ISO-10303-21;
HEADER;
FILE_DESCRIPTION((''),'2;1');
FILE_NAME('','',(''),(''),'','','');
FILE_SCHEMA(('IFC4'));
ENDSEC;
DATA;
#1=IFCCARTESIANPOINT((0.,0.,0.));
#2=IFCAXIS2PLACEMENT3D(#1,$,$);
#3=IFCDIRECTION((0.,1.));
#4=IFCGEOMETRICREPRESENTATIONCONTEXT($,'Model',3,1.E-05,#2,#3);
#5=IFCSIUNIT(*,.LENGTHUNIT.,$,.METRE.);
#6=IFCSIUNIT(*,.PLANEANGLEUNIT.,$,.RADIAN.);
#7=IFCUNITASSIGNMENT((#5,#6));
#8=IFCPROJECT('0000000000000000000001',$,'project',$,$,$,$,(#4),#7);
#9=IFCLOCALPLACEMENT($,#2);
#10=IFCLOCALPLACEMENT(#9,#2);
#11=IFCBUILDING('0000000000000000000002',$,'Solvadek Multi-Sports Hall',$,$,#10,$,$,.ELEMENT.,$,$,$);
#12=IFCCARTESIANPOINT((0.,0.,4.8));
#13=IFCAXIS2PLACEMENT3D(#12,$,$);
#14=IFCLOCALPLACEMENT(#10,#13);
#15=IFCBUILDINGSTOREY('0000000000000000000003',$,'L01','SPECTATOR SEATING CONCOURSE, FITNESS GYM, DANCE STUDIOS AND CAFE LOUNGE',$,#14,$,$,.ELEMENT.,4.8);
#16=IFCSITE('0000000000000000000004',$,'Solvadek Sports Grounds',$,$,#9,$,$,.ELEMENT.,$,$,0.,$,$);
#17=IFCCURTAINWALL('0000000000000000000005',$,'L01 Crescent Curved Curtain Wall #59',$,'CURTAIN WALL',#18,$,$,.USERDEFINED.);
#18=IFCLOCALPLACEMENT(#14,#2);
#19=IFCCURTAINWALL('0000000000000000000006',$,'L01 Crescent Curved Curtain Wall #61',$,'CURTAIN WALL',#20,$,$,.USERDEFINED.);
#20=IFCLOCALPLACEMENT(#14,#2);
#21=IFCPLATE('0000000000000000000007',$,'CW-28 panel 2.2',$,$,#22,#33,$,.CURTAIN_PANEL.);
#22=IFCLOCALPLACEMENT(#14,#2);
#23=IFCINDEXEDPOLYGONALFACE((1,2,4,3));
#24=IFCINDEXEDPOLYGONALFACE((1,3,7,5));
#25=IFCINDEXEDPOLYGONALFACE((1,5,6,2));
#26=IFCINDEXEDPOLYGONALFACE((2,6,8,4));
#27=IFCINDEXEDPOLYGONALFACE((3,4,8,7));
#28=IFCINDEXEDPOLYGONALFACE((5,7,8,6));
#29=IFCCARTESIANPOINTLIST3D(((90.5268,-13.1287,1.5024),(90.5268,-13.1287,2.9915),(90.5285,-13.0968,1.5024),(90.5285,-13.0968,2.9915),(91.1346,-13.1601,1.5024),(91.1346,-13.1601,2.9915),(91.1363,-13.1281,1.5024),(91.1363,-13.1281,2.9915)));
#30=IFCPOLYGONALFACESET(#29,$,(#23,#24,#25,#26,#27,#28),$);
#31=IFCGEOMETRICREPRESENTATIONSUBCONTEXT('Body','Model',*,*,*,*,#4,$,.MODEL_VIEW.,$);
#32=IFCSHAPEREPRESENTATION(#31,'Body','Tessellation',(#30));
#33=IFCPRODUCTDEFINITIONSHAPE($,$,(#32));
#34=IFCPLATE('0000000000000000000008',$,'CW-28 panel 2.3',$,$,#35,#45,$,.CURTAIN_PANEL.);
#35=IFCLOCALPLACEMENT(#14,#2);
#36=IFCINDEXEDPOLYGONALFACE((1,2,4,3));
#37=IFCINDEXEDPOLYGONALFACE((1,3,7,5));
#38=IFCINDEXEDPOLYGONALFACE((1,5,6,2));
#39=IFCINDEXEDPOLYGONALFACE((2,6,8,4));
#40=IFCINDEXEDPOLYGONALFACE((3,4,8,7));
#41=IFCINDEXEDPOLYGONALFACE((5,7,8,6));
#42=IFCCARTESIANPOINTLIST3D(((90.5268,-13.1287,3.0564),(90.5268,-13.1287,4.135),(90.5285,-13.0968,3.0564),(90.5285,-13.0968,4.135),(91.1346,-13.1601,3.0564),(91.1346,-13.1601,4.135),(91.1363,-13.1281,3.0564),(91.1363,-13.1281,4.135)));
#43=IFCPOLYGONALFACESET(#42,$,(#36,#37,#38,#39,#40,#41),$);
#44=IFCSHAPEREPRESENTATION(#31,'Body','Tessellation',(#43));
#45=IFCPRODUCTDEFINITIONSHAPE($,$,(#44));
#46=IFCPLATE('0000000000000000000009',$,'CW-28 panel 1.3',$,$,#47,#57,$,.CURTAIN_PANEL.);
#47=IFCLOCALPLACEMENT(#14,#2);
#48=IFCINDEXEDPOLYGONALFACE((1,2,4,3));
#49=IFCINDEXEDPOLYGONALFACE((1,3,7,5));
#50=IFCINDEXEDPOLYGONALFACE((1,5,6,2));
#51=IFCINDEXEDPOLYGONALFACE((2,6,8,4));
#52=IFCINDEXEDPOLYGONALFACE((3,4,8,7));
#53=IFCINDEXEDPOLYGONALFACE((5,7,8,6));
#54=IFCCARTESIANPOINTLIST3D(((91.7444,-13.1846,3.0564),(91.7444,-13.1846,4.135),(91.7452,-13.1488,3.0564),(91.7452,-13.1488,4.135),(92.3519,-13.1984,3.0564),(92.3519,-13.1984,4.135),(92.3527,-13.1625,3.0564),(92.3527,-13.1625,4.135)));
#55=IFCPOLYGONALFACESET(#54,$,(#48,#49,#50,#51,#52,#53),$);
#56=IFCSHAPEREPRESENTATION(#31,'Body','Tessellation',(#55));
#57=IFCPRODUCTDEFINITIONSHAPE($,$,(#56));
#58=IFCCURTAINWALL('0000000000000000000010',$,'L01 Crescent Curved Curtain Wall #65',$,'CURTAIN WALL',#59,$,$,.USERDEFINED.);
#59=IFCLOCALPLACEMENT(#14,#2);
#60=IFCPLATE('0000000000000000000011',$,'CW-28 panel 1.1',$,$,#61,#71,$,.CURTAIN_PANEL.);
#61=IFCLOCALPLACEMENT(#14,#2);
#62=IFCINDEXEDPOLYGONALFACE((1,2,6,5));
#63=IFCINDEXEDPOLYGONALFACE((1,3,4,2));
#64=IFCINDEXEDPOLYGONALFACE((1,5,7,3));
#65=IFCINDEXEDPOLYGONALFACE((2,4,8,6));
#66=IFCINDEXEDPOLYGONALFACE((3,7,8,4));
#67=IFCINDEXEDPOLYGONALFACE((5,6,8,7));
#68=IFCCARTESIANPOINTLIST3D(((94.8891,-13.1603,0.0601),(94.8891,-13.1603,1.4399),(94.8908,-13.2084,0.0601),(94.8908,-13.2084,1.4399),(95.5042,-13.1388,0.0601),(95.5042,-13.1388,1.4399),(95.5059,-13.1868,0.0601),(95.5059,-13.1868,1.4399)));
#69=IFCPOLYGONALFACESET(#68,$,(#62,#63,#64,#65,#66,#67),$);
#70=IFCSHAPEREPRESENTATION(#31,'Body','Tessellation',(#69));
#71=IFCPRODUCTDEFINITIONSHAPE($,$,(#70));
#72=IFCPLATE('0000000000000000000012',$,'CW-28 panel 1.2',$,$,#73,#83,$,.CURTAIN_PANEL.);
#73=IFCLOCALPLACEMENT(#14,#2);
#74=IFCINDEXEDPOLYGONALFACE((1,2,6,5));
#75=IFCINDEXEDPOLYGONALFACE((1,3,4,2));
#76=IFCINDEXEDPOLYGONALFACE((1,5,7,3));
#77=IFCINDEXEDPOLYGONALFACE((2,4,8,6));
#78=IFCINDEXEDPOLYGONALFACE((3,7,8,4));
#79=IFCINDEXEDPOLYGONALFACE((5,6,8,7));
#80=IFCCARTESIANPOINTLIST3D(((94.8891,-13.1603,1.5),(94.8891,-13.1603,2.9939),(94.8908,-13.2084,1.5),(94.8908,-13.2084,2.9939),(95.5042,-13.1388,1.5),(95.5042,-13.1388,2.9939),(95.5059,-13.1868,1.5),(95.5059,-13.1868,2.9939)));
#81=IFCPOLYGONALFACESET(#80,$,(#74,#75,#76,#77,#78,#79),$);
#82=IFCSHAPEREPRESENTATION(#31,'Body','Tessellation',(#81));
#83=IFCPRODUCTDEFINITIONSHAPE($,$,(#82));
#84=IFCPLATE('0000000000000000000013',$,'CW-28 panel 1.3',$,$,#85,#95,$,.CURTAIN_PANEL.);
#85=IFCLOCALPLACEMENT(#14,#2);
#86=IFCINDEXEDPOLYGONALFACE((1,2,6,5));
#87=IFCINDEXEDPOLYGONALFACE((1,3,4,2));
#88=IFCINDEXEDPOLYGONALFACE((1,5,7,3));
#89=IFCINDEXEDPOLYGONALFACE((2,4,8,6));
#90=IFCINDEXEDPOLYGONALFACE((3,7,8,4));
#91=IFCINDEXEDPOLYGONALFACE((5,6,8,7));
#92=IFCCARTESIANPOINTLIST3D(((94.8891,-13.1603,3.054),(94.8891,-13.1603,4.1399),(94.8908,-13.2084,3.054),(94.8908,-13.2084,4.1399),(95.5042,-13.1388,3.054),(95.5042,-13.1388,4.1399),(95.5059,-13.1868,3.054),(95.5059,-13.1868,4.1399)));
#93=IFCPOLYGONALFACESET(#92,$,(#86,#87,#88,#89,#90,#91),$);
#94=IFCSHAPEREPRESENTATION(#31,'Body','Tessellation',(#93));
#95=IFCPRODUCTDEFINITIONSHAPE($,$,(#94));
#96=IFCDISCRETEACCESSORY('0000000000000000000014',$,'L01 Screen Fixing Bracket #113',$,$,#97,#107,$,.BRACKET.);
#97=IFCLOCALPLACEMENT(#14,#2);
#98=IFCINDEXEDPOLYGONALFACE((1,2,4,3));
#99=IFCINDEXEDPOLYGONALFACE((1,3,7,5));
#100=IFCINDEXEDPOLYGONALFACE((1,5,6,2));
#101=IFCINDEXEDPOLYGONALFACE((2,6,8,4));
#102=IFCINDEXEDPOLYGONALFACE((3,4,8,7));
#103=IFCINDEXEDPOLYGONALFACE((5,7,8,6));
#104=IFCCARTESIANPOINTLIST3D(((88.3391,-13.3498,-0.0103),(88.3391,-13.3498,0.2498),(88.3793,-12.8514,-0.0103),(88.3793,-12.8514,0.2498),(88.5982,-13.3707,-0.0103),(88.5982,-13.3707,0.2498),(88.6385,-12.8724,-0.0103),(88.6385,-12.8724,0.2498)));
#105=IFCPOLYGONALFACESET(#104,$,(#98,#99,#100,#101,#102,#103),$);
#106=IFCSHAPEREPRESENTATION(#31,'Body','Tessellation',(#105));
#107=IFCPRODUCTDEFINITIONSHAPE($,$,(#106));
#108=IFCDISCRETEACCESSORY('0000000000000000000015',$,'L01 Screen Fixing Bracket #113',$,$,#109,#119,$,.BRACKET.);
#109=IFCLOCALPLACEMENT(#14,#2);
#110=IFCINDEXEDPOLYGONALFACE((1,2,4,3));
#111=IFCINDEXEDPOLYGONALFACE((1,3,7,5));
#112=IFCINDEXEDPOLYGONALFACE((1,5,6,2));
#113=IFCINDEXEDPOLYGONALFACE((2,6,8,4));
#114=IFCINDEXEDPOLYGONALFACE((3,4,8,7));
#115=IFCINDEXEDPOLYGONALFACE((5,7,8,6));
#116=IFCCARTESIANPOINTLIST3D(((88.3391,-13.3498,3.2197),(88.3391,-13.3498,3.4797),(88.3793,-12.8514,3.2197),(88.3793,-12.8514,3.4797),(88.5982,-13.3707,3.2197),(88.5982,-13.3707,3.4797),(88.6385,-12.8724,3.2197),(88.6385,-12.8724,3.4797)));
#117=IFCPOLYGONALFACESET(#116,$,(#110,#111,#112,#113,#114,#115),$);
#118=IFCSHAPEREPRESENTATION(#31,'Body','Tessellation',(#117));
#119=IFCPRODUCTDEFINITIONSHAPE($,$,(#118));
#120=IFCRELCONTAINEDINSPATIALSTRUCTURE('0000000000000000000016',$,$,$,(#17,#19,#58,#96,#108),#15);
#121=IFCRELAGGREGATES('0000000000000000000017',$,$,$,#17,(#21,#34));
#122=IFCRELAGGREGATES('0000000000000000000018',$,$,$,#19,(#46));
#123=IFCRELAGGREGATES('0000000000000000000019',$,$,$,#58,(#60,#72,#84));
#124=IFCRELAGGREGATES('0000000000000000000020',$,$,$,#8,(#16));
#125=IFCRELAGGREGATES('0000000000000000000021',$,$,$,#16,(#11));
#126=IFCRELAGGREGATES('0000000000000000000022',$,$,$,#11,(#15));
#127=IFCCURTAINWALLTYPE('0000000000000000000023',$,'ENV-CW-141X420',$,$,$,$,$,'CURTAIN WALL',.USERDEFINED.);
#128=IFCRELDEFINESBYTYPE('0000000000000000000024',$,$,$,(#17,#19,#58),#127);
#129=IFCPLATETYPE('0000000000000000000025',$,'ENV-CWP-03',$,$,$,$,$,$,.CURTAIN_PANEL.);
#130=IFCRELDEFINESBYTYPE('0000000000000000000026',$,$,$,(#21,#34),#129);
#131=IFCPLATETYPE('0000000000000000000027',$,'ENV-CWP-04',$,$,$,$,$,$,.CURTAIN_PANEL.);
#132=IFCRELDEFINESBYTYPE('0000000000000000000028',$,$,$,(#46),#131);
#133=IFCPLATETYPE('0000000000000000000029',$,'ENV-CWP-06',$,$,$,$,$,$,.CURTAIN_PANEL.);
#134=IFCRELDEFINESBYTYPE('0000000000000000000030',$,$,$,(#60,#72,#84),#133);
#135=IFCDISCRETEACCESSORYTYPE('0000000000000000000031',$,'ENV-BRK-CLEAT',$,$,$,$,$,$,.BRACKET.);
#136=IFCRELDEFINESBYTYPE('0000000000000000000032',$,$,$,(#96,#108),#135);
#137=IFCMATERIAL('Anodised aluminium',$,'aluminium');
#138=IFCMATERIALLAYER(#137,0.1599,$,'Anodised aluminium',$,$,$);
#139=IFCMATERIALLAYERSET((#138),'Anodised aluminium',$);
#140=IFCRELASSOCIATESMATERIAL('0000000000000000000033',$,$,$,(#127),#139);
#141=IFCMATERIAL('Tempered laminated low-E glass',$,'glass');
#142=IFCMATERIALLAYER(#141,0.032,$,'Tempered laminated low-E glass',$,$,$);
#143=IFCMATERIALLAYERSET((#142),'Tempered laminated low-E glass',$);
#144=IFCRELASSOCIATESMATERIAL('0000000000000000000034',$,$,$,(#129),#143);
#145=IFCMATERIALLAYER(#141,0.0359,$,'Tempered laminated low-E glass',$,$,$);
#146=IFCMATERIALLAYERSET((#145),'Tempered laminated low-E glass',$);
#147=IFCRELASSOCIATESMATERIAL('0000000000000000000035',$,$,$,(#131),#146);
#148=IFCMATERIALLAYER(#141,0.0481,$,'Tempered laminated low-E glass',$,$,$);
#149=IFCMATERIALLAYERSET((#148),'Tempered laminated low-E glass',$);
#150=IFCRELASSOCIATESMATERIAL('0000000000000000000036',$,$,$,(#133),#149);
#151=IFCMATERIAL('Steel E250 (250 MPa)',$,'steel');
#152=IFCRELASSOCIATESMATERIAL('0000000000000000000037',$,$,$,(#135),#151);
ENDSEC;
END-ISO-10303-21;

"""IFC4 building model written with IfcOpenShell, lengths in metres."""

from ifc_helpers import new_model, si_unit, direction, frame, origin, origin_2d, place, context, subcontext, project, spatial, rectangle, extrude, material, layer, layer_set, type_object, element, aggregate, save


model = new_model("IFC4")

# Units and contexts
model_context = context("Model", 3, precision=1e-05, world=origin(), true_north=direction((0.0, 1.0)))
body_context = subcontext(model_context, "Body", "Model", "MODEL_VIEW")
ifc_project = project(units=[si_unit("LENGTHUNIT", "METRE"), si_unit("PLANEANGLEUNIT", "RADIAN")], contexts=[model_context])

# Site, building, storey
site_placement = place(None, origin())
site = spatial("IfcSite", under=ifc_project, at=site_placement, Name="Solvadek Sports Grounds", CompositionType="ELEMENT", RefElevation=0.0)
building_placement = place(site_placement, origin())
building = spatial("IfcBuilding", under=site, at=building_placement, Name="Solvadek Multi-Sports Hall", CompositionType="ELEMENT")
storey_placement = place(building_placement, frame((0.0, 0.0, 4.8)))
storey = spatial("IfcBuildingStorey", under=building, at=storey_placement, Name="L01", Description="SPECTATOR SEATING CONCOURSE, FITNESS GYM, DANCE STUDIOS AND CAFE LOUNGE", CompositionType="ELEMENT", Elevation=4.8)

# Curtain wall
ifc_material_1 = material(Name="Anodised aluminium", Category="aluminium")
ifc_layer_1 = layer(ifc_material_1, 0.1599, Name="Anodised aluminium")
ifc_layer_set_1 = layer_set([ifc_layer_1], Name="Anodised aluminium")
curtain_wall_type = type_object("IfcCurtainWallType", Name="ENV-CW-141X420", ElementType="CURTAIN WALL", PredefinedType="USERDEFINED", material=ifc_layer_set_1)
curtain_wall_1_placement = place(storey_placement, origin())
curtain_wall_1 = element("IfcCurtainWall", 1, at=curtain_wall_1_placement, inside=storey, type_object=curtain_wall_type, Name="L01 Crescent Curved Curtain Wall #59", ObjectType="CURTAIN WALL", PredefinedType="USERDEFINED")

# Curtain wall
curtain_wall_2_placement = place(storey_placement, origin())
curtain_wall_2 = element("IfcCurtainWall", 2, at=curtain_wall_2_placement, inside=storey, type_object=curtain_wall_type, Name="L01 Crescent Curved Curtain Wall #61", ObjectType="CURTAIN WALL", PredefinedType="USERDEFINED")

# Shared definitions
ifc_material_2 = material(Name="Steel E250 (250 MPa)", Category="steel")

# Plates
ifc_material_3 = material(Name="Tempered laminated low-E glass", Category="glass")
ifc_layer_2 = layer(ifc_material_3, 0.032, Name="Tempered laminated low-E glass")
ifc_layer_set_2 = layer_set([ifc_layer_2], Name="Tempered laminated low-E glass")
plate_type_1 = type_object("IfcPlateType", Name="ENV-CWP-03", PredefinedType="CURTAIN_PANEL", material=ifc_layer_set_2)
plate_1_placement = place(storey_placement, frame((90.8315, -13.1284, 1.5024), z_axis=(0.0, 0.0, 1.0), x_axis=(0.99867, -0.051552, 0.0)))
plate_1 = element("IfcPlate", 3, at=plate_1_placement, type_object=plate_type_1, Name="CW-28 panel 2.2", PredefinedType="CURTAIN_PANEL", context=body_context, shape_type="SweptSolid", body=[
    extrude(rectangle(XDim=0.6086, YDim=0.032, at=origin_2d()), origin(), (0.0, 0.0, 1.0), 1.489),
])
plate_2_placement = place(storey_placement, frame((90.8315, -13.1284, 3.0564), z_axis=(0.0, 0.0, 1.0), x_axis=(0.99867, -0.051552, 0.0)))
plate_2 = element("IfcPlate", 4, at=plate_2_placement, type_object=plate_type_1, Name="CW-28 panel 2.3", PredefinedType="CURTAIN_PANEL", context=body_context, shape_type="SweptSolid", body=[
    extrude(rectangle(XDim=0.6086, YDim=0.032, at=origin_2d()), origin(), (0.0, 0.0, 1.0), 1.0786),
])
aggregate(curtain_wall_1, [plate_1, plate_2])
ifc_layer_3 = layer(ifc_material_3, 0.0359, Name="Tempered laminated low-E glass")
ifc_layer_set_3 = layer_set([ifc_layer_3], Name="Tempered laminated low-E glass")
plate_type_2 = type_object("IfcPlateType", Name="ENV-CWP-04", PredefinedType="CURTAIN_PANEL", material=ifc_layer_set_3)
plate_3_placement = place(storey_placement, frame((92.0486, -13.1736, 3.0564), z_axis=(0.0, 0.0, 1.0), x_axis=(0.999743, -0.022688, 0.0)))
plate_3 = element("IfcPlate", 5, at=plate_3_placement, type_object=plate_type_2, Name="CW-28 panel 1.3", PredefinedType="CURTAIN_PANEL", context=body_context, shape_type="SweptSolid", body=[
    extrude(rectangle(XDim=0.6077, YDim=0.0359, at=origin_2d()), origin(), (0.0, 0.0, 1.0), 1.0786),
])
aggregate(curtain_wall_2, [plate_3])

# Curtain wall, plates
curtain_wall_3_placement = place(storey_placement, origin())
curtain_wall_3 = element("IfcCurtainWall", 6, at=curtain_wall_3_placement, inside=storey, type_object=curtain_wall_type, Name="L01 Crescent Curved Curtain Wall #65", ObjectType="CURTAIN WALL", PredefinedType="USERDEFINED")
ifc_layer_4 = layer(ifc_material_3, 0.0481, Name="Tempered laminated low-E glass")
ifc_layer_set_4 = layer_set([ifc_layer_4], Name="Tempered laminated low-E glass")
plate_type_3 = type_object("IfcPlateType", Name="ENV-CWP-06", PredefinedType="CURTAIN_PANEL", material=ifc_layer_set_4)
plate_4_placement = place(storey_placement, frame((95.1975, -13.1736, 0.0601), z_axis=(0.0, 0.0, 1.0), x_axis=(0.999387, 0.035011, 0.0)))
plate_4 = element("IfcPlate", 7, at=plate_4_placement, type_object=plate_type_3, Name="CW-28 panel 1.1", PredefinedType="CURTAIN_PANEL", context=body_context, shape_type="SweptSolid", body=[
    extrude(rectangle(XDim=0.6155, YDim=0.0481, at=origin_2d()), origin(), (0.0, 0.0, 1.0), 1.3799),
])
plate_5_placement = place(storey_placement, frame((95.1975, -13.1736, 1.5), z_axis=(0.0, 0.0, 1.0), x_axis=(0.999387, 0.035011, 0.0)))
plate_5 = element("IfcPlate", 8, at=plate_5_placement, type_object=plate_type_3, Name="CW-28 panel 1.2", PredefinedType="CURTAIN_PANEL", context=body_context, shape_type="SweptSolid", body=[
    extrude(rectangle(XDim=0.6155, YDim=0.0481, at=origin_2d()), origin(), (0.0, 0.0, 1.0), 1.4939),
])
plate_6_placement = place(storey_placement, frame((95.1975, -13.1736, 3.054), z_axis=(0.0, 0.0, 1.0), x_axis=(0.999387, 0.035011, 0.0)))
plate_6 = element("IfcPlate", 9, at=plate_6_placement, type_object=plate_type_3, Name="CW-28 panel 1.3", PredefinedType="CURTAIN_PANEL", context=body_context, shape_type="SweptSolid", body=[
    extrude(rectangle(XDim=0.6155, YDim=0.0481, at=origin_2d()), origin(), (0.0, 0.0, 1.0), 1.0859),
])
aggregate(curtain_wall_3, [plate_4, plate_5, plate_6])

# Discrete accessories
discrete_accessory_type = type_object("IfcDiscreteAccessoryType", Name="ENV-BRK-CLEAT", PredefinedType="BRACKET", material=ifc_material_2)
for number, where, z_axis, x_axis, name in (
    (10, (88.4888, -13.1111, -0.0103), (0.0, 0.0, 1.0), (0.996758, -0.080453, 0.0), "L01 Screen Fixing Bracket #113"),
    (11, (88.4888, -13.1111, 3.2197), (0.0, 0.0, 1.0), (0.996758, -0.080453, 0.0), "L01 Screen Fixing Bracket #113"),
):
    element("IfcDiscreteAccessory", number, at=place(storey_placement, frame(where, z_axis=z_axis, x_axis=x_axis)), inside=storey, type_object=discrete_accessory_type, Name=name, PredefinedType="BRACKET", context=body_context, shape_type="SweptSolid", body=[
        extrude(rectangle(XDim=0.26, YDim=0.5, at=origin_2d()), origin(), (0.0, 0.0, 1.0), 0.26),
    ])

save(model, "model.ifc")
